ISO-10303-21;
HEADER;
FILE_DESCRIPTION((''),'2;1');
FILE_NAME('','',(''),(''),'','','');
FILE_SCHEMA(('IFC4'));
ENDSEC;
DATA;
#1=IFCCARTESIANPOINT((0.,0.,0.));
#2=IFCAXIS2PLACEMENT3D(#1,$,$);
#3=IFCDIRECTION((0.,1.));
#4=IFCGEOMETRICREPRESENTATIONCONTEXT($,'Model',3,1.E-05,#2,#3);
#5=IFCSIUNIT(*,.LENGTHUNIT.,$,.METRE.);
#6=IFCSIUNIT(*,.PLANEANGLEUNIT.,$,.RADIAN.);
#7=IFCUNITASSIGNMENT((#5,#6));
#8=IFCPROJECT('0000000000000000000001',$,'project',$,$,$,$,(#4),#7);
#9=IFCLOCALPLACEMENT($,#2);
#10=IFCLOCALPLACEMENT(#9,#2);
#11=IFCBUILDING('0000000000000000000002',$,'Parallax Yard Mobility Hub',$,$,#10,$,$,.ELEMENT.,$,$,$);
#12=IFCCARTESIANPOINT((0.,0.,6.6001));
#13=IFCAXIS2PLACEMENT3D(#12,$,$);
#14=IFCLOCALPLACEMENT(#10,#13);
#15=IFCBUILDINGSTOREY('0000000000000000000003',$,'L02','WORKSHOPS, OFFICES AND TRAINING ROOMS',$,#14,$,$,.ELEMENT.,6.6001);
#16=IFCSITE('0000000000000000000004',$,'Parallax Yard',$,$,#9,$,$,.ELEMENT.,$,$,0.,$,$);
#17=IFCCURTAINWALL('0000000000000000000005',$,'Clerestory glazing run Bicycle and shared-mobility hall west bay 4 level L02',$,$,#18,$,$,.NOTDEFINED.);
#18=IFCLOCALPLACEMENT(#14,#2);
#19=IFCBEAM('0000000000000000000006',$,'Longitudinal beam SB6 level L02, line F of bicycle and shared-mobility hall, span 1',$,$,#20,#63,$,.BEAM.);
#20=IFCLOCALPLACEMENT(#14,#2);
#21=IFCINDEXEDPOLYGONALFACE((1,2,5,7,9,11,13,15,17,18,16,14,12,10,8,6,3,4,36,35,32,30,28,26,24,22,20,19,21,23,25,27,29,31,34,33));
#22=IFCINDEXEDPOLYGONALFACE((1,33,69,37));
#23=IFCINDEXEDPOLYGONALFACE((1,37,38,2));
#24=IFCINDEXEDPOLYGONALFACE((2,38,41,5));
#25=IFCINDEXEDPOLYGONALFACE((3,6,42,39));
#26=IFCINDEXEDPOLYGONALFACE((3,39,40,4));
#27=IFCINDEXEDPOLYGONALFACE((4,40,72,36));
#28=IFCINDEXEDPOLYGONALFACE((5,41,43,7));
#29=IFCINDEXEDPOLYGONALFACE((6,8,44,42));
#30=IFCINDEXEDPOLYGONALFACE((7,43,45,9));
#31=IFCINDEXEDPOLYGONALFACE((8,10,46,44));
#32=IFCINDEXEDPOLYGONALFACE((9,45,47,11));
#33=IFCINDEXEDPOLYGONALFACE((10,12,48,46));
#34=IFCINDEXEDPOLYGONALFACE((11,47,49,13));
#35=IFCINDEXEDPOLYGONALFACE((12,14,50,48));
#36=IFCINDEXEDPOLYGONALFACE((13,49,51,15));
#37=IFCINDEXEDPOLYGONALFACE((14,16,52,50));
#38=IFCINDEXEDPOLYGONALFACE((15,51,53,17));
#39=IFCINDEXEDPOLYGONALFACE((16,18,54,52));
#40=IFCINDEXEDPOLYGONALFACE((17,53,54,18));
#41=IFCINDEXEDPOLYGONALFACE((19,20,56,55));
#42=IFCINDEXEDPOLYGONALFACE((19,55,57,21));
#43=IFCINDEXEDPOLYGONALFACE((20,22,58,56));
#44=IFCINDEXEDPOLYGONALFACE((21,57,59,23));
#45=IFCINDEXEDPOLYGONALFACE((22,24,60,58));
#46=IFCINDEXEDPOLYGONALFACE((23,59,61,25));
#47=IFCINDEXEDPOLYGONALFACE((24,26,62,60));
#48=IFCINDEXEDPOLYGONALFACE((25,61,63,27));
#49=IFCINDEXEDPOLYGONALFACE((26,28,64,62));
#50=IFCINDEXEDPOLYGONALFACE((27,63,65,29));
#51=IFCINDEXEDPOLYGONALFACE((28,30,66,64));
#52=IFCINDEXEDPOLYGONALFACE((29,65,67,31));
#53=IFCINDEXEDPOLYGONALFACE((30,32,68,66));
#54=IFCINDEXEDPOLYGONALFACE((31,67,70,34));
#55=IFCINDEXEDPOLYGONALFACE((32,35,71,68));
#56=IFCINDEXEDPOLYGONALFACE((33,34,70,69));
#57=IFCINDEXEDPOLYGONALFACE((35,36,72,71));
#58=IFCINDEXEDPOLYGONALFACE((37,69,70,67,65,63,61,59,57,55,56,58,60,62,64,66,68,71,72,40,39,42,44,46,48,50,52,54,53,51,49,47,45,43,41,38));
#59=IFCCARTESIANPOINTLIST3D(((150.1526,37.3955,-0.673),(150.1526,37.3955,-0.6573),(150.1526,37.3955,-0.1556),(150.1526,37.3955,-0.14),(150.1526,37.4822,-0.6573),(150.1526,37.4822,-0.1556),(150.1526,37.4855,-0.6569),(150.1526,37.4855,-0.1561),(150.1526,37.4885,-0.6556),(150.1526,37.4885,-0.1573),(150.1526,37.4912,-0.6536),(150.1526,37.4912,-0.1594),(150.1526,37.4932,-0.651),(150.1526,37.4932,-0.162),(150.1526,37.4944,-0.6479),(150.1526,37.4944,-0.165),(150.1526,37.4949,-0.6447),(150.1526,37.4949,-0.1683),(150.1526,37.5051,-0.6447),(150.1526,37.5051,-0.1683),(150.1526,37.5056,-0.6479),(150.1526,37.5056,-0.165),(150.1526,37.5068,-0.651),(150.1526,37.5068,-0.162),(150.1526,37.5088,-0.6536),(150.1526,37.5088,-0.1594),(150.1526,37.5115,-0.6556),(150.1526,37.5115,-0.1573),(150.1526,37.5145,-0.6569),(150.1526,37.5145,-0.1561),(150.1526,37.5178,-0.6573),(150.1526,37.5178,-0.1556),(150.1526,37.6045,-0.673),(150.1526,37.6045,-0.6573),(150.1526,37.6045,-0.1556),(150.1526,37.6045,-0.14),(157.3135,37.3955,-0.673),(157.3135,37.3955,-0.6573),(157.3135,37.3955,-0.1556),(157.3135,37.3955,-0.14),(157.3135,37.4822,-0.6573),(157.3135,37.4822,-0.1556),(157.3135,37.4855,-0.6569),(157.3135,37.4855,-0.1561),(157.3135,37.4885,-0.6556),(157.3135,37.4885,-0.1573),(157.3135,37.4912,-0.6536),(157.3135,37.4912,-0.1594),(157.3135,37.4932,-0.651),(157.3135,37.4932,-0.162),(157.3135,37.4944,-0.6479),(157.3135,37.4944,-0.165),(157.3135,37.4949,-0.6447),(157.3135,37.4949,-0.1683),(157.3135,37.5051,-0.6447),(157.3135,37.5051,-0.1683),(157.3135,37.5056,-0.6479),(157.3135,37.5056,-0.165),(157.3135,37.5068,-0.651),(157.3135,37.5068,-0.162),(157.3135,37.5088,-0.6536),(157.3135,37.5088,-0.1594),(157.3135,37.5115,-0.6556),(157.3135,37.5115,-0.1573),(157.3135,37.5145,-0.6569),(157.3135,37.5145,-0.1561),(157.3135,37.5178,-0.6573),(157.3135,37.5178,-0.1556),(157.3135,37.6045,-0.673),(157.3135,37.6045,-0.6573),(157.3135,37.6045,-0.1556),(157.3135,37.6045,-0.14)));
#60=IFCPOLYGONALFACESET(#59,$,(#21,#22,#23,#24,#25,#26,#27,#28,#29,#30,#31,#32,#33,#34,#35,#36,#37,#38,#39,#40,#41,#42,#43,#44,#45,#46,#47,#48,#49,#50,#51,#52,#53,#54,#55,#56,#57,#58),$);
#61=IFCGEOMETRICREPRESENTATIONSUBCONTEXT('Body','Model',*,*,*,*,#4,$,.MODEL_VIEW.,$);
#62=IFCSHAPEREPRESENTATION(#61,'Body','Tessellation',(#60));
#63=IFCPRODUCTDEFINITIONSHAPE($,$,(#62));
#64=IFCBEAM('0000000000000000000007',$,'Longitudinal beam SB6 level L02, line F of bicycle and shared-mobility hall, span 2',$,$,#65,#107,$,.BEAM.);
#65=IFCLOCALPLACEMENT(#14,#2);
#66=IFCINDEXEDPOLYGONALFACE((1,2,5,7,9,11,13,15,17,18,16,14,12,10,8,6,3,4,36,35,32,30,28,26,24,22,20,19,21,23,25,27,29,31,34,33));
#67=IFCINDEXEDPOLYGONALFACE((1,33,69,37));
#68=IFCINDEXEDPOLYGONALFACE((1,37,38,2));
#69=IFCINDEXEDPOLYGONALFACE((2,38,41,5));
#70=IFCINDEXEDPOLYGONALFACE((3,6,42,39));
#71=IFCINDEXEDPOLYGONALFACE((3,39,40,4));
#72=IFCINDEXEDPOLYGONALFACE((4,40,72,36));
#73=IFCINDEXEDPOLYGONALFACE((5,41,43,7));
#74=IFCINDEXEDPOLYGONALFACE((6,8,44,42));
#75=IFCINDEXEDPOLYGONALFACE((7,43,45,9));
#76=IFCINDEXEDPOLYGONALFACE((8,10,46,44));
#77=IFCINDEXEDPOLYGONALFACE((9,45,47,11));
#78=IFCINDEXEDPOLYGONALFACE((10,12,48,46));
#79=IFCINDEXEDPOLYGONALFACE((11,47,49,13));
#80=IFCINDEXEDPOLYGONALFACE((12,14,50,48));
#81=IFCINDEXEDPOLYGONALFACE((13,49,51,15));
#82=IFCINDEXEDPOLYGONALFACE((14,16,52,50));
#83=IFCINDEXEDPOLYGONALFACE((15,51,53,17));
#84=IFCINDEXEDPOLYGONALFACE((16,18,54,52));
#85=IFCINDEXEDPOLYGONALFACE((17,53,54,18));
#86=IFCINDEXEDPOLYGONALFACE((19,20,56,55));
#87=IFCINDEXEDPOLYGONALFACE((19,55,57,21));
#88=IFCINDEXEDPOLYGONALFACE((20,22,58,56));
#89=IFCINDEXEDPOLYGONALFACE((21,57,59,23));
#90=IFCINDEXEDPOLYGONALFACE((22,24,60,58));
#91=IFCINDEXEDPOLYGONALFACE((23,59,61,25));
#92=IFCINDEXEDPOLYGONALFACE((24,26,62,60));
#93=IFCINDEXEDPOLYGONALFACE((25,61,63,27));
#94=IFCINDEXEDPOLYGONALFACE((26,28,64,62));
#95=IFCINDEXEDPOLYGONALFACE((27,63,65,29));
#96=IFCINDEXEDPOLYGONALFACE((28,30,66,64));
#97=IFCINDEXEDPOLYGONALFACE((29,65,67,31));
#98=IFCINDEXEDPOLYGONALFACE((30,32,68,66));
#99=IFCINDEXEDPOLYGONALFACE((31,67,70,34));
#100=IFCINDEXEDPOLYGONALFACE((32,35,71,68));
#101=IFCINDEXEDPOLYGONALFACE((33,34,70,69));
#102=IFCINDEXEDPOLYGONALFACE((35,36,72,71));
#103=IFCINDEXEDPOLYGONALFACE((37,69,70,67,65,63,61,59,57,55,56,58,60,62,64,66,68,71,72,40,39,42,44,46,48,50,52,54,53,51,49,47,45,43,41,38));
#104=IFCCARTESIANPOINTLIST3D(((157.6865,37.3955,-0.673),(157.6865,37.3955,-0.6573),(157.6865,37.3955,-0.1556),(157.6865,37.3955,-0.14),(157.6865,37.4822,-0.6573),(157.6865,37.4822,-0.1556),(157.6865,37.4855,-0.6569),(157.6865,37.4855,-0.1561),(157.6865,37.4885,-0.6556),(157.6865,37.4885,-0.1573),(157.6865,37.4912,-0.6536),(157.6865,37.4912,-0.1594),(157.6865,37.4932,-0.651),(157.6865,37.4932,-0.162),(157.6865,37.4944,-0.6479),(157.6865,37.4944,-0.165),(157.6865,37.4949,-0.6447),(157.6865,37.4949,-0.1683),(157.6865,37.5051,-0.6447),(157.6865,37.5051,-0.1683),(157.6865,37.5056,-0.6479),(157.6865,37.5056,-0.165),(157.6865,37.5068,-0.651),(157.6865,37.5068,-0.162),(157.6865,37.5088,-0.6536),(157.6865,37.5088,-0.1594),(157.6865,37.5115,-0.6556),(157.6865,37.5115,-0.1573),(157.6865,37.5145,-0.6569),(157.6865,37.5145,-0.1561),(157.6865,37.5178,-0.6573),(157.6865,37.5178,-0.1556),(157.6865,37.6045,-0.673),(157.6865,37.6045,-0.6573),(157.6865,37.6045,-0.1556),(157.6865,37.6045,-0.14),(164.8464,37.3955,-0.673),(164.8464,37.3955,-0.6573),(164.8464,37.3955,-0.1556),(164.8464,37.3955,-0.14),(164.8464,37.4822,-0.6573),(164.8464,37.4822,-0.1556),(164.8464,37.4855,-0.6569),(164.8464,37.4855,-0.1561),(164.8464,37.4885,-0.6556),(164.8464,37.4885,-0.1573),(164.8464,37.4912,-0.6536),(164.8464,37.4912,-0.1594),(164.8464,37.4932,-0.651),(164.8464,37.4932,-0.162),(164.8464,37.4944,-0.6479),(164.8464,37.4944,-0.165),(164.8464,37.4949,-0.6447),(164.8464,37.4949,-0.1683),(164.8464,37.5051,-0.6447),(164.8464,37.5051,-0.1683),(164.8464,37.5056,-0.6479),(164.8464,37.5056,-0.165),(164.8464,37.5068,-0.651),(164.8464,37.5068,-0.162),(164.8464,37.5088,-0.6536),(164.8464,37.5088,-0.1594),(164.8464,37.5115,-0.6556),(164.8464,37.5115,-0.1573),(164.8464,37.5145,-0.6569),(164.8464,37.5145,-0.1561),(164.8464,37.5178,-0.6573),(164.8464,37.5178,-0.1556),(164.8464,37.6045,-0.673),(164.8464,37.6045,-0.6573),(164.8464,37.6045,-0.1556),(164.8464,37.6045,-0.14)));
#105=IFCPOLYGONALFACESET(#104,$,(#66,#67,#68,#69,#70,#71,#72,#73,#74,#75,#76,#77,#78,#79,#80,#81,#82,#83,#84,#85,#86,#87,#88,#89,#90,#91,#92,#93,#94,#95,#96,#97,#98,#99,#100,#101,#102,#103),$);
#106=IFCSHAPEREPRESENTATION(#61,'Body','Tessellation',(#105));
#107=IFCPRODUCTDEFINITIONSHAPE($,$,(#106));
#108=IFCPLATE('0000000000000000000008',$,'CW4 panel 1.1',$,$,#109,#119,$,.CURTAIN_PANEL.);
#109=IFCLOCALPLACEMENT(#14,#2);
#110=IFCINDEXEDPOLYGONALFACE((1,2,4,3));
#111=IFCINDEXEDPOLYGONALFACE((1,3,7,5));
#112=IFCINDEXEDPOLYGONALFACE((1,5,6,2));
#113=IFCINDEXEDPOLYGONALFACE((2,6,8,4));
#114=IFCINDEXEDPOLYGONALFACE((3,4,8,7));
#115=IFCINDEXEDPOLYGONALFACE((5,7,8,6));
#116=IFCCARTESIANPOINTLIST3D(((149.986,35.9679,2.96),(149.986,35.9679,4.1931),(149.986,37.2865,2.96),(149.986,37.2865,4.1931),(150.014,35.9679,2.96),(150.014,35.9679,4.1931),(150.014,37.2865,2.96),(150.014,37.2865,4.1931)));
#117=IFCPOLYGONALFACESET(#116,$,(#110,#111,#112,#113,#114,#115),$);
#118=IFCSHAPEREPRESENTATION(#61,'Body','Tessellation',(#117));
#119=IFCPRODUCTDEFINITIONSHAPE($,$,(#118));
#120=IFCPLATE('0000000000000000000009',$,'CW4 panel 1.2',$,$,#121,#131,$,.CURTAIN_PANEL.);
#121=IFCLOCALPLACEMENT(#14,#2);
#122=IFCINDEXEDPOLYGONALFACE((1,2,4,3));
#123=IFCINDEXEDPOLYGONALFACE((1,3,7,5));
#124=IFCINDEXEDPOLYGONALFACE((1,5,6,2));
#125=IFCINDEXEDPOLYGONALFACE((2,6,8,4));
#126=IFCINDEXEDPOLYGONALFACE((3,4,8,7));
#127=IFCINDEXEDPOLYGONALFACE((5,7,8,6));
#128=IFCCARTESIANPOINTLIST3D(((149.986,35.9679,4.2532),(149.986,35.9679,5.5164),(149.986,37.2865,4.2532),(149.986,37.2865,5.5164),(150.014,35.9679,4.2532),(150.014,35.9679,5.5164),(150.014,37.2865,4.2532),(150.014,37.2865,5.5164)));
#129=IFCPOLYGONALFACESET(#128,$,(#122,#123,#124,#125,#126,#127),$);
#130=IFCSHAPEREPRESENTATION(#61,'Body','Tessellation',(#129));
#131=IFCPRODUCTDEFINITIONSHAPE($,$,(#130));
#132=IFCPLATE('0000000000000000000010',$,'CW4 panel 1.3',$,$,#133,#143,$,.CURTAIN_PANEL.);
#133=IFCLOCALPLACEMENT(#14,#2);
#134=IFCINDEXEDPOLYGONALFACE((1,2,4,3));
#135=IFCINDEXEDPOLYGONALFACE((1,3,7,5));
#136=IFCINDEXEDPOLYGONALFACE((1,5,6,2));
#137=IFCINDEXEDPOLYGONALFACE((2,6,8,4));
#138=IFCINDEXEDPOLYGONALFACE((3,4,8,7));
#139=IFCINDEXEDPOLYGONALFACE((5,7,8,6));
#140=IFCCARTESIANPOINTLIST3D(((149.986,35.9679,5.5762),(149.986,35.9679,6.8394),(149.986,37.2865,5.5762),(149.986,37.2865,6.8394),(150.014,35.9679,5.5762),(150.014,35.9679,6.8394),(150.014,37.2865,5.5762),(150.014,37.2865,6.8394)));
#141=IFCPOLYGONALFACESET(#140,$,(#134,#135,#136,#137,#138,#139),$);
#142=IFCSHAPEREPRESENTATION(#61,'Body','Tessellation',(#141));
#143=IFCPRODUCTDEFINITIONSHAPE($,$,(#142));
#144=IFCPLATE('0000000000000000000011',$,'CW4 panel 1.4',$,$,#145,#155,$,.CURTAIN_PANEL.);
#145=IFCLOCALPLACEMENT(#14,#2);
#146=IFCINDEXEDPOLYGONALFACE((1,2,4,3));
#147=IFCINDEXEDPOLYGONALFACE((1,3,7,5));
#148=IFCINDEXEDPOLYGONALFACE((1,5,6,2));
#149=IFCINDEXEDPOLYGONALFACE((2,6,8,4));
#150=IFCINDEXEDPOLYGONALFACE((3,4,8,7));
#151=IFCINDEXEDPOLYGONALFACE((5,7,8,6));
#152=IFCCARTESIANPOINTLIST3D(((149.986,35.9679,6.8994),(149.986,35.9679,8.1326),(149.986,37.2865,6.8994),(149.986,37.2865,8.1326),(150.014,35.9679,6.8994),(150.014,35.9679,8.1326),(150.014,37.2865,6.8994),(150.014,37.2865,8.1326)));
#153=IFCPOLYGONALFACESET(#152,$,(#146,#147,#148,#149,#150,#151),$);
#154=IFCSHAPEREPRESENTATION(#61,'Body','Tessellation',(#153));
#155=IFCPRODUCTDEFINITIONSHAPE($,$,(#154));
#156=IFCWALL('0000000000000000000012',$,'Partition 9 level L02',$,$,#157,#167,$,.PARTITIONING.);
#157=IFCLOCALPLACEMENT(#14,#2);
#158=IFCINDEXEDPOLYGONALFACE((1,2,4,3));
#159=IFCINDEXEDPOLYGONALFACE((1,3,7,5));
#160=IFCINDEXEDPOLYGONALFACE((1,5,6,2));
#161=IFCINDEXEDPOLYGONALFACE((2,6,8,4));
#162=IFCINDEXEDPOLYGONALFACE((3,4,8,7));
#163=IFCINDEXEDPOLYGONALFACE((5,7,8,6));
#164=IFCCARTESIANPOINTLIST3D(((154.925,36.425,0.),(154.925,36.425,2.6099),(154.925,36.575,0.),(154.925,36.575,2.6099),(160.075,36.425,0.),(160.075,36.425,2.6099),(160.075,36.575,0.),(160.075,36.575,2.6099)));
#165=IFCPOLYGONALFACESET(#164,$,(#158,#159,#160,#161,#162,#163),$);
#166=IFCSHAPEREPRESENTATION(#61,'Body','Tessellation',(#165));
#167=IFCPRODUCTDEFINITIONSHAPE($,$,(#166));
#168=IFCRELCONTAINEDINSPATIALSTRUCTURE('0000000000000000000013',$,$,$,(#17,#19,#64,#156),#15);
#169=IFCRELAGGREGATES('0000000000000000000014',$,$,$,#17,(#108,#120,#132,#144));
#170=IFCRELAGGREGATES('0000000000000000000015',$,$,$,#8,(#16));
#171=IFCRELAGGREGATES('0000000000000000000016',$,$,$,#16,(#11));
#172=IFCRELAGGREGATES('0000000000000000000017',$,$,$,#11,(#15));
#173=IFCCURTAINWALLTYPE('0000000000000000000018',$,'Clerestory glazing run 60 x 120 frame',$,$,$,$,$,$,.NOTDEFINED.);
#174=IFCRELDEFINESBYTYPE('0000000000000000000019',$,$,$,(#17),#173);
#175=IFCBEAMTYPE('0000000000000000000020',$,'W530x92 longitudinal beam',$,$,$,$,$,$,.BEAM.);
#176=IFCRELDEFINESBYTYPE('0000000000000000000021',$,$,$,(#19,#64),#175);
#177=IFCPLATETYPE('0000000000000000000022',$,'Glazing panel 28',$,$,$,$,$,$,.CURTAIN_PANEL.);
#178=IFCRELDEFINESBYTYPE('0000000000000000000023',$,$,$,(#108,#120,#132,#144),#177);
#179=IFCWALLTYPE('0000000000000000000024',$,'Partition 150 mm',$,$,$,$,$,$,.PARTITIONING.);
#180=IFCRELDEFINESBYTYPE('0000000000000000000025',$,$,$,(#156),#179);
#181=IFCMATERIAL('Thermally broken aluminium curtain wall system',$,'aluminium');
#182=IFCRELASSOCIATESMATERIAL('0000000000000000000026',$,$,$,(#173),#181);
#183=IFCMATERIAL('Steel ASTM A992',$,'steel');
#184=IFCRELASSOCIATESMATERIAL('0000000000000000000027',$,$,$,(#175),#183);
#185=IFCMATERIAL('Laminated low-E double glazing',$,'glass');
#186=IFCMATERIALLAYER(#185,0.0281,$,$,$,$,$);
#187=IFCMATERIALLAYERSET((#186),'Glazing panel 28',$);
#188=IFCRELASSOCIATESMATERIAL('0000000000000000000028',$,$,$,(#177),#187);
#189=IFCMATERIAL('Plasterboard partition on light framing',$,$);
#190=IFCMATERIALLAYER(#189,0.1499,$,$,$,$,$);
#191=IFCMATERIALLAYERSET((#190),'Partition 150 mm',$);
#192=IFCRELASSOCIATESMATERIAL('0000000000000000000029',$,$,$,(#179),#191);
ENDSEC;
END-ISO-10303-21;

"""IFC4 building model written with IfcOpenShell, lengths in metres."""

from ifc_helpers import new_model, si_unit, direction, frame, frame_2d, origin, origin_2d, place, context, subcontext, project, spatial, rectangle, i_section, extrude, material, layer, layer_set, material_profile, profile_set, type_object, element, aggregate, save


model = new_model("IFC4")

# Units and contexts
model_context = context("Model", 3, precision=1e-05, world=origin(), true_north=direction((0.0, 1.0)))
body_context = subcontext(model_context, "Body", "Model", "MODEL_VIEW")
ifc_project = project(units=[si_unit("LENGTHUNIT", "METRE"), si_unit("PLANEANGLEUNIT", "RADIAN")], contexts=[model_context])

# Site, building, storey
site_placement = place(None, origin())
site = spatial("IfcSite", under=ifc_project, at=site_placement, Name="Parallax Yard", CompositionType="ELEMENT", RefElevation=0.0)
building_placement = place(site_placement, origin())
building = spatial("IfcBuilding", under=site, at=building_placement, Name="Parallax Yard Mobility Hub", CompositionType="ELEMENT")
storey_placement = place(building_placement, frame((0.0, 0.0, 6.6001)))
storey = spatial("IfcBuildingStorey", under=building, at=storey_placement, Name="L02", Description="WORKSHOPS, OFFICES AND TRAINING ROOMS", CompositionType="ELEMENT", Elevation=6.6001)

# Shared definitions
ifc_material_1 = material(Name="Steel ASTM A992", Category="steel")

# Curtain wall
ifc_material_2 = material(Name="Thermally broken aluminium curtain wall system", Category="aluminium")
curtain_wall_type = type_object("IfcCurtainWallType", Name="Clerestory glazing run 60 x 120 frame", PredefinedType="NOTDEFINED", material=ifc_material_2)
curtain_wall_placement = place(storey_placement, origin())
curtain_wall = element("IfcCurtainWall", 1, at=curtain_wall_placement, inside=storey, type_object=curtain_wall_type, Name="Clerestory glazing run Bicycle and shared-mobility hall west bay 4 level L02", PredefinedType="NOTDEFINED")

# Beams
ifc_material_profile_1 = material_profile(ifc_material_1, i_section(OverallWidth=0.209, OverallDepth=0.533, WebThickness=0.0103, FlangeThickness=0.0156, FilletRadius=0.0127, at=origin_2d()), Name="W530x92")
ifc_profile_set_1 = profile_set([ifc_material_profile_1], Name="Steel ASTM A992")
beam_type = type_object("IfcBeamType", Name="W530x92 longitudinal beam", PredefinedType="BEAM", material=ifc_profile_set_1)
beam_1_placement = place(storey_placement, frame((150.1526, 37.5, -0.4065), z_axis=(1.0, 0.0, 0.0), x_axis=(0.0, 1.0, 0.0)))
element("IfcBeam", 2, at=beam_1_placement, inside=storey, type_object=beam_type, Name="Longitudinal beam SB6 level L02, line F of bicycle and shared-mobility hall, span 1", PredefinedType="BEAM", context=body_context, shape_type="SweptSolid", body=[
    extrude(i_section(OverallWidth=0.209, OverallDepth=0.533, WebThickness=0.0103, FlangeThickness=0.0156, FilletRadius=0.0127, at=origin_2d()), origin(), (0.0, 0.0, 1.0), 7.1609),
])
beam_2_placement = place(storey_placement, frame((157.6865, 37.5, -0.4065), z_axis=(1.0, 0.0, 0.0), x_axis=(0.0, 1.0, 0.0)))
element("IfcBeam", 3, at=beam_2_placement, inside=storey, type_object=beam_type, Name="Longitudinal beam SB6 level L02, line F of bicycle and shared-mobility hall, span 2", PredefinedType="BEAM", context=body_context, shape_type="SweptSolid", body=[
    extrude(i_section(OverallWidth=0.209, OverallDepth=0.533, WebThickness=0.0103, FlangeThickness=0.0156, FilletRadius=0.0127, at=origin_2d()), origin(), (0.0, 0.0, 1.0), 7.1599),
])

# Plates
ifc_material_3 = material(Name="Laminated low-E double glazing", Category="glass")
ifc_layer_1 = layer(ifc_material_3, 0.0281)
ifc_layer_set_1 = layer_set([ifc_layer_1], Name="Glazing panel 28")
plate_type = type_object("IfcPlateType", Name="Glazing panel 28", PredefinedType="CURTAIN_PANEL", material=ifc_layer_set_1)
plate_1_placement = place(storey_placement, frame((150.0, 36.6272, 2.96), z_axis=(0.0, 0.0, 1.0), x_axis=(0.0, 1.0, 0.0)))
plate_1 = element("IfcPlate", 4, at=plate_1_placement, type_object=plate_type, Name="CW4 panel 1.1", PredefinedType="CURTAIN_PANEL", context=body_context, shape_type="SweptSolid", body=[
    extrude(rectangle(XDim=1.3186, YDim=0.0281, at=origin_2d()), origin(), (0.0, 0.0, 1.0), 1.2332),
])
plate_2_placement = place(storey_placement, frame((150.0, 36.6272, 4.2532), z_axis=(0.0, 0.0, 1.0), x_axis=(0.0, 1.0, 0.0)))
plate_2 = element("IfcPlate", 5, at=plate_2_placement, type_object=plate_type, Name="CW4 panel 1.2", PredefinedType="CURTAIN_PANEL", context=body_context, shape_type="SweptSolid", body=[
    extrude(rectangle(XDim=1.3186, YDim=0.0281, at=origin_2d()), origin(), (0.0, 0.0, 1.0), 1.2632),
])
plate_3_placement = place(storey_placement, frame((150.0, 36.6272, 5.5762), z_axis=(0.0, 0.0, 1.0), x_axis=(0.0, 1.0, 0.0)))
plate_3 = element("IfcPlate", 6, at=plate_3_placement, type_object=plate_type, Name="CW4 panel 1.3", PredefinedType="CURTAIN_PANEL", context=body_context, shape_type="SweptSolid", body=[
    extrude(rectangle(XDim=1.3186, YDim=0.0281, at=origin_2d()), origin(), (0.0, 0.0, 1.0), 1.2632),
])
plate_4_placement = place(storey_placement, frame((150.0, 36.6272, 6.8994), z_axis=(0.0, 0.0, 1.0), x_axis=(0.0, 1.0, 0.0)))
plate_4 = element("IfcPlate", 7, at=plate_4_placement, type_object=plate_type, Name="CW4 panel 1.4", PredefinedType="CURTAIN_PANEL", context=body_context, shape_type="SweptSolid", body=[
    extrude(rectangle(XDim=1.3186, YDim=0.0281, at=origin_2d()), origin(), (0.0, 0.0, 1.0), 1.2332),
])
aggregate(curtain_wall, [plate_1, plate_2, plate_3, plate_4])

# Wall
ifc_material_4 = material(Name="Plasterboard partition on light framing")
ifc_layer_2 = layer(ifc_material_4, 0.1499)
ifc_layer_set_2 = layer_set([ifc_layer_2], Name="Partition 150 mm")
wall_type = type_object("IfcWallType", Name="Partition 150 mm", PredefinedType="PARTITIONING", material=ifc_layer_set_2)
wall_placement = place(storey_placement, frame((154.925, 36.5, 0.0), z_axis=(0.0, 0.0, 1.0), x_axis=(1.0, 0.0, 0.0)))
element("IfcWall", 8, at=wall_placement, inside=storey, type_object=wall_type, Name="Partition 9 level L02", PredefinedType="PARTITIONING", context=body_context, shape_type="SweptSolid", body=[
    extrude(rectangle(XDim=5.1499, YDim=0.1499, at=frame_2d((2.575, 0.0))), origin(), (0.0, 0.0, 1.0), 2.6099),
])

save(model, "model.ifc")
